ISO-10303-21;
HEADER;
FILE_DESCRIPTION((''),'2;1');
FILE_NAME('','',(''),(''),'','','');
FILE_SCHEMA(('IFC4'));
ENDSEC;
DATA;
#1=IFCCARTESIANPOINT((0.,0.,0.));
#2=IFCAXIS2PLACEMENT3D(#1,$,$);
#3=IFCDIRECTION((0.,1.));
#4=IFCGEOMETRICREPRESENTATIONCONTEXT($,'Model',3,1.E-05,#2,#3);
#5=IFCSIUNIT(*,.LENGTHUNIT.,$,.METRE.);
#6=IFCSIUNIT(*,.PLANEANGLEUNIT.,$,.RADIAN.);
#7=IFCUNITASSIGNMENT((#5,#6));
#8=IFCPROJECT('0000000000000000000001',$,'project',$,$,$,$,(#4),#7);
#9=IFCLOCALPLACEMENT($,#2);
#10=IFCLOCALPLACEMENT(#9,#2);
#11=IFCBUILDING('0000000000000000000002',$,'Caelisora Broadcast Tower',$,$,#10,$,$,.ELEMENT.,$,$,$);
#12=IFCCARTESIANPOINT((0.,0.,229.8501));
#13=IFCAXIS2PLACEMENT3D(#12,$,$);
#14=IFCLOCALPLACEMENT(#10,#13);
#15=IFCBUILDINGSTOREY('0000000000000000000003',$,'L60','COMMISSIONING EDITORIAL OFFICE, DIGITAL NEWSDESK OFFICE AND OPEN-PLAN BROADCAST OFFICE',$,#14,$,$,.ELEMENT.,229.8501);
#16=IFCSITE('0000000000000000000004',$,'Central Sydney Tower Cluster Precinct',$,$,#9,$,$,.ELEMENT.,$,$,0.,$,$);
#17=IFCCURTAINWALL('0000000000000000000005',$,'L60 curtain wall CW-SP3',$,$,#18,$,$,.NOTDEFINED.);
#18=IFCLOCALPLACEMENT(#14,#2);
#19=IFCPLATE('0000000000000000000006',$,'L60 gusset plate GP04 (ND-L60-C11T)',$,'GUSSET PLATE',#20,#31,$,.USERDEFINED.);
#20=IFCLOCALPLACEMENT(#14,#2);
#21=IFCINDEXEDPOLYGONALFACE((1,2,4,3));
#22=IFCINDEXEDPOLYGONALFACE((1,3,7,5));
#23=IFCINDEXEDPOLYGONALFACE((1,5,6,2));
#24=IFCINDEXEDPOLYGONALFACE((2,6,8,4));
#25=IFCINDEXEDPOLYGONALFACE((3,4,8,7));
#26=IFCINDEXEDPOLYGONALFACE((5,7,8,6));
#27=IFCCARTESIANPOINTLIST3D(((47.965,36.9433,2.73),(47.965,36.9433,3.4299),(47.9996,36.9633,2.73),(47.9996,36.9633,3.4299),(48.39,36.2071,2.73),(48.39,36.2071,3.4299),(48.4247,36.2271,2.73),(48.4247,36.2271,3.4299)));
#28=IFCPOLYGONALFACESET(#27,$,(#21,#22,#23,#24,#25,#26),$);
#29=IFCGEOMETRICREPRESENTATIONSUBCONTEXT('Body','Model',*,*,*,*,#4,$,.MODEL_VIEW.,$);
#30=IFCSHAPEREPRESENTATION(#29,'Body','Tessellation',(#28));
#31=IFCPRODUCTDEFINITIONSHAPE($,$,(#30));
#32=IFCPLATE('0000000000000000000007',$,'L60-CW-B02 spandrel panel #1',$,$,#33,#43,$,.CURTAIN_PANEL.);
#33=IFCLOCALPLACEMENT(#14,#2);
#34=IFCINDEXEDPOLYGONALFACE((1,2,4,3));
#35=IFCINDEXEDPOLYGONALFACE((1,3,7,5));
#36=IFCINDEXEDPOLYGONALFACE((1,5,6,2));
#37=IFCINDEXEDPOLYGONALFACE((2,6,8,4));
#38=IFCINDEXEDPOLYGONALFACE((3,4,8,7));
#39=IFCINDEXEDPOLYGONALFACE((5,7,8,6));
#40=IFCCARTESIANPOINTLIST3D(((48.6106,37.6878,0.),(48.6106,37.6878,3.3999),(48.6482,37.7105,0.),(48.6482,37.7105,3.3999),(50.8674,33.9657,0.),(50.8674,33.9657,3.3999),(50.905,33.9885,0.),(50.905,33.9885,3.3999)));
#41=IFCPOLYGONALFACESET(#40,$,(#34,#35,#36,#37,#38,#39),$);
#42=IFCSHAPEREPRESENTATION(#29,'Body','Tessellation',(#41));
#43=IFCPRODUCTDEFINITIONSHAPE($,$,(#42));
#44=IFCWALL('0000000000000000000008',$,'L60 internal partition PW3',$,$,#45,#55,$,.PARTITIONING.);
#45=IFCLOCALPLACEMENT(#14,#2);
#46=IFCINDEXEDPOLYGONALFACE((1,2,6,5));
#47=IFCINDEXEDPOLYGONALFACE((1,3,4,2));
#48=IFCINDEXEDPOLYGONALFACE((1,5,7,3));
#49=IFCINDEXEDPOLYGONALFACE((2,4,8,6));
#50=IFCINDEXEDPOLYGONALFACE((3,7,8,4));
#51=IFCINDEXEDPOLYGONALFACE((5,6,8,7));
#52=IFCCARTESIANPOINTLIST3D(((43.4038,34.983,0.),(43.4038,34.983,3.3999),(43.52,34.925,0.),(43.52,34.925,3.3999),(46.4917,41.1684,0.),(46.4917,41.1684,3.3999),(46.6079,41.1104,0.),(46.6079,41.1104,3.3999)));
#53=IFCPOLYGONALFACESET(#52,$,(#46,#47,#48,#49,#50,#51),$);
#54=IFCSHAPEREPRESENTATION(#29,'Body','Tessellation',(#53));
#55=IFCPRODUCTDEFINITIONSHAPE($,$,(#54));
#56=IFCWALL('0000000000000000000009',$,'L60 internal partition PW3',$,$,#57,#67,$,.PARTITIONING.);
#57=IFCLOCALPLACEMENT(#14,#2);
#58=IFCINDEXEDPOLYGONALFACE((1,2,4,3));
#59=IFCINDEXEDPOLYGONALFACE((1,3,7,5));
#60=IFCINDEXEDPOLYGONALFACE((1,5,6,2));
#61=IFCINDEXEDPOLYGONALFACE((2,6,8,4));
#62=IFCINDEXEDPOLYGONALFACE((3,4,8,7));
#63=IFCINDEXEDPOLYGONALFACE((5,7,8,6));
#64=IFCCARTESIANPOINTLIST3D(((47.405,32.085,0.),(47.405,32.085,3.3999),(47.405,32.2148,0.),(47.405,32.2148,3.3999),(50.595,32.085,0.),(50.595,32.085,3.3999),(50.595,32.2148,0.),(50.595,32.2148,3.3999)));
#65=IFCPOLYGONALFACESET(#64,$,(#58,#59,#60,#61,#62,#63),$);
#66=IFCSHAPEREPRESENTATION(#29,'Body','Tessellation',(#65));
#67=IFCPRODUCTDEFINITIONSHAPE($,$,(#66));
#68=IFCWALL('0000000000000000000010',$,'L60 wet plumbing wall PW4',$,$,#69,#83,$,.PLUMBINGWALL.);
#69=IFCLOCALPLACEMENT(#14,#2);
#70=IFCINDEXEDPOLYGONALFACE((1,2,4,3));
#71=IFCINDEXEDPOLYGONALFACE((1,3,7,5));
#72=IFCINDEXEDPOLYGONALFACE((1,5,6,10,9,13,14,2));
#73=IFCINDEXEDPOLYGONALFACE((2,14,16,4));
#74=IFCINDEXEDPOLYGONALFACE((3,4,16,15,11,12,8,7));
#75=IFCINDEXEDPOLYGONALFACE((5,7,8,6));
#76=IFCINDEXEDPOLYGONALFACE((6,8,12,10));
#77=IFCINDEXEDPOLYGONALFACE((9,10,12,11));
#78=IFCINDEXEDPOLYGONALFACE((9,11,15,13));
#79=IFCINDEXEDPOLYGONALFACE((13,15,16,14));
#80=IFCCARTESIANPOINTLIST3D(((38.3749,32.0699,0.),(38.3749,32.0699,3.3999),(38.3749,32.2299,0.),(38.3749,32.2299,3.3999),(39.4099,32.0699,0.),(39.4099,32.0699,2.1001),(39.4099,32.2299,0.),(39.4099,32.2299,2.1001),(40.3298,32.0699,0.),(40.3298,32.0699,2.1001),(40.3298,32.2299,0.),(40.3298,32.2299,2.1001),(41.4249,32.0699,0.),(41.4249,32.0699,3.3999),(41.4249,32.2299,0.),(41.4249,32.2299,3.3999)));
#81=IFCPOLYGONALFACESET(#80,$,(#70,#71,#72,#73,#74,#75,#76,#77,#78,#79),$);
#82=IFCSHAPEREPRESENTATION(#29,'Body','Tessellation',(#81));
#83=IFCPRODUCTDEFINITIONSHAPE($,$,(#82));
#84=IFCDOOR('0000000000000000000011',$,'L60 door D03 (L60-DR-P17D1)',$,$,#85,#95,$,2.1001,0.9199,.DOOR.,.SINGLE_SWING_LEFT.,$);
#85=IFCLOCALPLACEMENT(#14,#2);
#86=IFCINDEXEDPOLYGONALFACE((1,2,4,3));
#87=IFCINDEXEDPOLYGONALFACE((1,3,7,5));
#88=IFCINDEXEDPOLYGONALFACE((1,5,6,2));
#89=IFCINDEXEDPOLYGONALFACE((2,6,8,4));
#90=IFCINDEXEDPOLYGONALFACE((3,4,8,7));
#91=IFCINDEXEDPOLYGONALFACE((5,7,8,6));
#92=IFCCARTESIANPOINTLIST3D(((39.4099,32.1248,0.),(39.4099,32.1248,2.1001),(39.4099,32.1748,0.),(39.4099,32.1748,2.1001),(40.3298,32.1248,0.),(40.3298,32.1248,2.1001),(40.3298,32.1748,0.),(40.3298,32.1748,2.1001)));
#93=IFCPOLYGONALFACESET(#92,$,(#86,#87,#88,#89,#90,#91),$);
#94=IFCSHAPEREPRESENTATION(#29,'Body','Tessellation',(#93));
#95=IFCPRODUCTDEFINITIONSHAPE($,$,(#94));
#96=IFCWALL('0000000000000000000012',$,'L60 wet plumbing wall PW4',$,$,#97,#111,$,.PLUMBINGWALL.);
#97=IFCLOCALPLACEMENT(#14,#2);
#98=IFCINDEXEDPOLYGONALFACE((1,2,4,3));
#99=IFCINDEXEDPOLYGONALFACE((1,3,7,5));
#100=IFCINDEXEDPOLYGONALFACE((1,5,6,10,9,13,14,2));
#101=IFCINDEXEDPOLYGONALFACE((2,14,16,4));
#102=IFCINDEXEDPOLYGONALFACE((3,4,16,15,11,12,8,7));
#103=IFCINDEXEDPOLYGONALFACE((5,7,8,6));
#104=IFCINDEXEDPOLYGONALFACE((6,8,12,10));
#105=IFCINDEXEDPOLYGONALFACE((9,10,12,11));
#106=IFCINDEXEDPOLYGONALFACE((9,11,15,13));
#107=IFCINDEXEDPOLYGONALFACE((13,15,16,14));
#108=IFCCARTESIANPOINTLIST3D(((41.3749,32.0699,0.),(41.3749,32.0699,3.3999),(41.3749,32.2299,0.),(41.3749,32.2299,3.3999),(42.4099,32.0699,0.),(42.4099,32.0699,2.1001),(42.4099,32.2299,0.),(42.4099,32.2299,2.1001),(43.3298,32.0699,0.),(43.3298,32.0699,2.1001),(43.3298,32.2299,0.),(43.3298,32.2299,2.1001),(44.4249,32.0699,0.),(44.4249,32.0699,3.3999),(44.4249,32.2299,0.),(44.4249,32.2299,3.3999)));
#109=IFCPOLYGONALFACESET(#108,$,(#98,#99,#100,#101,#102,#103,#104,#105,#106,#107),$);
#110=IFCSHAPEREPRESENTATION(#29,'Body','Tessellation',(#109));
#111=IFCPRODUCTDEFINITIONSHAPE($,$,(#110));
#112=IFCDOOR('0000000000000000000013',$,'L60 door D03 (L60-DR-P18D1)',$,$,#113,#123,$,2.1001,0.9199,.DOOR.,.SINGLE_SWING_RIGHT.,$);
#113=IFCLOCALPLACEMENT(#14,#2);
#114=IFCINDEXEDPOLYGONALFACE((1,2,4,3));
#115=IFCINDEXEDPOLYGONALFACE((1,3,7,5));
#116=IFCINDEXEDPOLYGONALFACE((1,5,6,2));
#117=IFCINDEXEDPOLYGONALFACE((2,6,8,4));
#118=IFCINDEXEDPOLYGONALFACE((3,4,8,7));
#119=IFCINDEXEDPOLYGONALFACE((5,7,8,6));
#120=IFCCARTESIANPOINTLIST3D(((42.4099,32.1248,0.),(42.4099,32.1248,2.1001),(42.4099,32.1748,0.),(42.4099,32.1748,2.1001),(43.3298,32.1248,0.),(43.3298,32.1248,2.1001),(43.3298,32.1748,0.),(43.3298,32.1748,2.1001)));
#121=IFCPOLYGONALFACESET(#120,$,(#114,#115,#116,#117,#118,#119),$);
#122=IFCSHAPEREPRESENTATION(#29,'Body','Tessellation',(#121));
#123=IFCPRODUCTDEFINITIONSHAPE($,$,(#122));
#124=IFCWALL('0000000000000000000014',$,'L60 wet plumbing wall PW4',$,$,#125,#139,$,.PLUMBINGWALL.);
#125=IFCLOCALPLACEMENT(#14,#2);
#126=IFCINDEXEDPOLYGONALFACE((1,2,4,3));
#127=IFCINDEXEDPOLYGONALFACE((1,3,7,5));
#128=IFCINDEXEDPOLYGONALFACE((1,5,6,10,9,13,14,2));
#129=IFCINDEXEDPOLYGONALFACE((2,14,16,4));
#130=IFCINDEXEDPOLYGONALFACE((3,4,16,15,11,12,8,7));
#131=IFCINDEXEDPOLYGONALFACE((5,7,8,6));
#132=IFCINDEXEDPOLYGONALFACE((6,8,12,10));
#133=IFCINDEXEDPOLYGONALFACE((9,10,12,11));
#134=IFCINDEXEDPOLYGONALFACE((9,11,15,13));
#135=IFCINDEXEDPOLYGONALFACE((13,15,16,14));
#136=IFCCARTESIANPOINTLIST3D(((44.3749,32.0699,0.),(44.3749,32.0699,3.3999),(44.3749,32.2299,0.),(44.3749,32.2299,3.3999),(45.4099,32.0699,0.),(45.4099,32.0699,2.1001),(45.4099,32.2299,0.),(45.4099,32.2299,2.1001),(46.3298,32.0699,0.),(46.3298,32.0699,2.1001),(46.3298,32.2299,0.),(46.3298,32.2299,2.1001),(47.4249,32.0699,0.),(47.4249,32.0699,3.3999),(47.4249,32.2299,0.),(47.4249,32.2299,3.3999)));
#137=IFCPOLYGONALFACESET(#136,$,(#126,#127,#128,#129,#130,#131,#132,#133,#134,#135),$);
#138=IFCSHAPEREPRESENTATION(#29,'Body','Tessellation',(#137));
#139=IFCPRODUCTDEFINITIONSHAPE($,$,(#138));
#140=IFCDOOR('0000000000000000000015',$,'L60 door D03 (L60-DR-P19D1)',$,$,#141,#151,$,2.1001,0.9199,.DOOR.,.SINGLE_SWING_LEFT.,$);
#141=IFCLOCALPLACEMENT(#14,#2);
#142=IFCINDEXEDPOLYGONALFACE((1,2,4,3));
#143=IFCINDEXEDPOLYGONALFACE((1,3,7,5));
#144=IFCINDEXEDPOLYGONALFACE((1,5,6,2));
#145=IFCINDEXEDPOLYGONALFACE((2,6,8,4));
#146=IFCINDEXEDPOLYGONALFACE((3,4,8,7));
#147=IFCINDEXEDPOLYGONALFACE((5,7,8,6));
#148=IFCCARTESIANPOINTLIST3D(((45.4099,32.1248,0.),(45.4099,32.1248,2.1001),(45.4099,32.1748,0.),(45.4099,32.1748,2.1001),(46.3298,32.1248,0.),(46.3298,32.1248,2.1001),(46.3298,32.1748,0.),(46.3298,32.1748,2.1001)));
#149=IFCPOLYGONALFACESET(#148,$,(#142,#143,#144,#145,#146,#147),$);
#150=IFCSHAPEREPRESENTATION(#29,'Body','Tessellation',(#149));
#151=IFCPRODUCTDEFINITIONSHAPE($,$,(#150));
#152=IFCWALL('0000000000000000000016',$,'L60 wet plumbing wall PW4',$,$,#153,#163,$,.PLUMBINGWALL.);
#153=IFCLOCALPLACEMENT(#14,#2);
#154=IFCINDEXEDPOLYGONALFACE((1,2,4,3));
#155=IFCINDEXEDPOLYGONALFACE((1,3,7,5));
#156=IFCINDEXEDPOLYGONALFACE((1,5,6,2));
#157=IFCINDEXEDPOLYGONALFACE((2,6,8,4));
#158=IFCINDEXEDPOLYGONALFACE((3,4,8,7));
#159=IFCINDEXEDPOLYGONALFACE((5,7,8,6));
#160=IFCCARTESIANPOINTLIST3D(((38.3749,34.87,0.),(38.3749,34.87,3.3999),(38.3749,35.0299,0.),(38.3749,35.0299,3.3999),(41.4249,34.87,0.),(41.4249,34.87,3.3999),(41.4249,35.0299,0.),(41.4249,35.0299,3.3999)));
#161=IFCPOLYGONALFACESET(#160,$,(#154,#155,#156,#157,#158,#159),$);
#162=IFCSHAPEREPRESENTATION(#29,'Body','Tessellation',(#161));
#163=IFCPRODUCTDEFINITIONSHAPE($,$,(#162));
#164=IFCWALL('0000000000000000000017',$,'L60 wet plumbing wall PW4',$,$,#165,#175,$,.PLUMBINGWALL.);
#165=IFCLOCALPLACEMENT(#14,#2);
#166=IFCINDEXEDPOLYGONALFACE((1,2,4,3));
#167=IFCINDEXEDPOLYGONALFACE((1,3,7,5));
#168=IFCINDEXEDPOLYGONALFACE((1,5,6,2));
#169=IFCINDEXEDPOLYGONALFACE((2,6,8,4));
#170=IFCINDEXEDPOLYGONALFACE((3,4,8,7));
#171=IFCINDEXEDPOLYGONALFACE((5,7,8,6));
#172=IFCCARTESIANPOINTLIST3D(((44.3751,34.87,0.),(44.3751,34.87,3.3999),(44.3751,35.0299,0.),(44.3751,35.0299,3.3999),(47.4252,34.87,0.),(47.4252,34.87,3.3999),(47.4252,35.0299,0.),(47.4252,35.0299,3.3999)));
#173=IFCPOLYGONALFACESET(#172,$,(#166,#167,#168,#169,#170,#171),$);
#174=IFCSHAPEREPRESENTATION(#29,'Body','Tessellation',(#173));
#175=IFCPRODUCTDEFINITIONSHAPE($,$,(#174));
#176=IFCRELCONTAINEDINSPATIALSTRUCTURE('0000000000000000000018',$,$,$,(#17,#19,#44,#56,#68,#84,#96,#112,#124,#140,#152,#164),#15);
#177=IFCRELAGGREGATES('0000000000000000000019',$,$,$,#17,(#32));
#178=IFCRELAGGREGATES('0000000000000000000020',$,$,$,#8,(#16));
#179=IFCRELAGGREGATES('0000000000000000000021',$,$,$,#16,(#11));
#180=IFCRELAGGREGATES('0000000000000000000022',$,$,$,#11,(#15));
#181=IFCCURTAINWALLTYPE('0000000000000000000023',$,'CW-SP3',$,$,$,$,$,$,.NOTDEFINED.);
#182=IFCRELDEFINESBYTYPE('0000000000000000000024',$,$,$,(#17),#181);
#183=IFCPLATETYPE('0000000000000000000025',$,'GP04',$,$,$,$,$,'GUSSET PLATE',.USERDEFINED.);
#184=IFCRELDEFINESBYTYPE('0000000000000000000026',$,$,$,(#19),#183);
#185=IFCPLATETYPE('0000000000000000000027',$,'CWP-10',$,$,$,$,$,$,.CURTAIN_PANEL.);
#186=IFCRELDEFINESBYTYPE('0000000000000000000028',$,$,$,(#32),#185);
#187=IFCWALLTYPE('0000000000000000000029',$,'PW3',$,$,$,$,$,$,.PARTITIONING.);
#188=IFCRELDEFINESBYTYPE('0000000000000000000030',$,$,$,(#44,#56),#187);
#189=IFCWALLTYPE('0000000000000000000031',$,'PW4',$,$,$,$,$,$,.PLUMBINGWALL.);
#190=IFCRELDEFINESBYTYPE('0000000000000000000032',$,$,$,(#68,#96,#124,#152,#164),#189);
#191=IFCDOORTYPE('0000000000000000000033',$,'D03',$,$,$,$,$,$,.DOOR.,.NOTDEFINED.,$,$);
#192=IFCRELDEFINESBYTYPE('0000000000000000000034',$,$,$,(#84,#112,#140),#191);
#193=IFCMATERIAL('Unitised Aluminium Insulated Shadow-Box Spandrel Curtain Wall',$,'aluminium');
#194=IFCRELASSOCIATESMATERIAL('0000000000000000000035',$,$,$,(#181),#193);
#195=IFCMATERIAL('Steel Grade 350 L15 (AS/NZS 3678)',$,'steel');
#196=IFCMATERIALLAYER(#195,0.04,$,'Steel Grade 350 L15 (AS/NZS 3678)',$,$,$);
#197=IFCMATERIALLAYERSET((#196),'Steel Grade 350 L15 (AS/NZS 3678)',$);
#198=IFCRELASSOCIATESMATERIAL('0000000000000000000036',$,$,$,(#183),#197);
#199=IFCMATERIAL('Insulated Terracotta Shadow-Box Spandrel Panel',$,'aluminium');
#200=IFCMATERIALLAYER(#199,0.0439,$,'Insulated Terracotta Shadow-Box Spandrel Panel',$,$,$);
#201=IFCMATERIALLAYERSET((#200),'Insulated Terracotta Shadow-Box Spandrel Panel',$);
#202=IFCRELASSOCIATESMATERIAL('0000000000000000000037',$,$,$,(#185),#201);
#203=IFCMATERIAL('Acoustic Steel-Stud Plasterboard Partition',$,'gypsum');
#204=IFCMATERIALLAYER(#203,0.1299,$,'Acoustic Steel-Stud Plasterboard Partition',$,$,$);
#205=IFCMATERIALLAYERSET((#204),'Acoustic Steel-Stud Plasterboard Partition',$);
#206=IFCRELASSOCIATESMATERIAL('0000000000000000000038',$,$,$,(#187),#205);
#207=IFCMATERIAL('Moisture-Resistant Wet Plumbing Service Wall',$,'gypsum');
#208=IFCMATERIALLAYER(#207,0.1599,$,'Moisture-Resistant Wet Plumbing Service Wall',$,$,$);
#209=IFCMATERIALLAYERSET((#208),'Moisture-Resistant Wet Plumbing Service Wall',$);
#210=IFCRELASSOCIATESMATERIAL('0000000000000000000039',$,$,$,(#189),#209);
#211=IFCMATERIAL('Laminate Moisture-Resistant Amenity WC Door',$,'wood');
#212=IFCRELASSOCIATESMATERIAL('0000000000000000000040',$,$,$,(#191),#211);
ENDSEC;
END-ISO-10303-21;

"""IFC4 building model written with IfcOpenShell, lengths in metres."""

from ifc_helpers import new_model, si_unit, direction, frame, frame_2d, origin, origin_2d, place, context, subcontext, project, spatial, rectangle, extrude, source, transform, mapped, material, layer, layer_set, type_object, type_shapes, element, fill, aggregate, save


model = new_model("IFC4")

# Units and contexts
model_context = context("Model", 3, precision=1e-05, world=origin(), true_north=direction((0.0, 1.0)))
body_context = subcontext(model_context, "Body", "Model", "MODEL_VIEW")
ifc_project = project(units=[si_unit("LENGTHUNIT", "METRE"), si_unit("PLANEANGLEUNIT", "RADIAN")], contexts=[model_context])

# Site, building, storey
site_placement = place(None, origin())
site = spatial("IfcSite", under=ifc_project, at=site_placement, Name="Central Sydney Tower Cluster Precinct", CompositionType="ELEMENT", RefElevation=0.0)
building_placement = place(site_placement, origin())
building = spatial("IfcBuilding", under=site, at=building_placement, Name="Caelisora Broadcast Tower", CompositionType="ELEMENT")
storey_placement = place(building_placement, frame((0.0, 0.0, 229.8501)))
storey = spatial("IfcBuildingStorey", under=building, at=storey_placement, Name="L60", Description="COMMISSIONING EDITORIAL OFFICE, DIGITAL NEWSDESK OFFICE AND OPEN-PLAN BROADCAST OFFICE", CompositionType="ELEMENT", Elevation=229.8501)

# Shared definitions
ifc_material_1 = material(Name="Steel Grade 350 L15 (AS/NZS 3678)", Category="steel")

# Curtain wall
ifc_material_2 = material(Name="Unitised Aluminium Insulated Shadow-Box Spandrel Curtain Wall", Category="aluminium")
curtain_wall_type = type_object("IfcCurtainWallType", Name="CW-SP3", PredefinedType="NOTDEFINED", material=ifc_material_2)
curtain_wall_placement = place(storey_placement, origin())
curtain_wall = element("IfcCurtainWall", 1, at=curtain_wall_placement, inside=storey, type_object=curtain_wall_type, Name="L60 curtain wall CW-SP3", PredefinedType="NOTDEFINED")

# Plates
ifc_layer_1 = layer(ifc_material_1, 0.04, Name="Steel Grade 350 L15 (AS/NZS 3678)")
ifc_layer_set_1 = layer_set([ifc_layer_1], Name="Steel Grade 350 L15 (AS/NZS 3678)")
plate_type_1 = type_object("IfcPlateType", Name="GP04", ElementType="GUSSET PLATE", PredefinedType="USERDEFINED", material=ifc_layer_set_1)
shared_shape_1 = source(origin(), body_context, "Body", "SweptSolid", [
    extrude(rectangle(XDim=0.8501, YDim=0.04, at=origin_2d()), origin(), (0.0, 0.0, 1.0), 0.7),
])
type_shapes(plate_type_1, [shared_shape_1])
plate_1_placement = place(storey_placement, frame((48.1948, 36.5852, 2.73), z_axis=(0.0, 0.0, 1.0), x_axis=(-0.5, 0.866025, 0.0)))
element("IfcPlate", 2, at=plate_1_placement, inside=storey, type_object=plate_type_1, Name="L60 gusset plate GP04 (ND-L60-C11T)", ObjectType="GUSSET PLATE", PredefinedType="USERDEFINED", context=body_context, shape_type="MappedRepresentation", body=[
    mapped(shared_shape_1, transform((0.0, 0.0, 0.0), scale=1.0)),
])
ifc_material_3 = material(Name="Insulated Terracotta Shadow-Box Spandrel Panel", Category="aluminium")
ifc_layer_2 = layer(ifc_material_3, 0.0439, Name="Insulated Terracotta Shadow-Box Spandrel Panel")
ifc_layer_set_2 = layer_set([ifc_layer_2], Name="Insulated Terracotta Shadow-Box Spandrel Panel")
plate_type_2 = type_object("IfcPlateType", Name="CWP-10", PredefinedType="CURTAIN_PANEL", material=ifc_layer_set_2)
shared_shape_2 = source(origin(), body_context, "Body", "SweptSolid", [
    extrude(rectangle(XDim=4.3528, YDim=0.0439, at=origin_2d()), origin(), (0.0, 0.0, 1.0), 3.3999),
])
type_shapes(plate_type_2, [shared_shape_2])
plate_2_placement = place(storey_placement, frame((49.7578, 35.8381, 0.0), z_axis=(0.0, 0.0, 1.0), x_axis=(0.518475, -0.855093, 0.0)))
plate_2 = element("IfcPlate", 3, at=plate_2_placement, type_object=plate_type_2, Name="L60-CW-B02 spandrel panel #1", PredefinedType="CURTAIN_PANEL", context=body_context, shape_type="MappedRepresentation", body=[
    mapped(shared_shape_2, transform((0.0, 0.0, 0.0), scale=1.0)),
])
aggregate(curtain_wall, [plate_2])

# Walls
ifc_material_4 = material(Name="Acoustic Steel-Stud Plasterboard Partition", Category="gypsum")
ifc_layer_3 = layer(ifc_material_4, 0.1299, Name="Acoustic Steel-Stud Plasterboard Partition")
ifc_layer_set_3 = layer_set([ifc_layer_3], Name="Acoustic Steel-Stud Plasterboard Partition")
wall_type_1 = type_object("IfcWallType", Name="PW3", PredefinedType="PARTITIONING", material=ifc_layer_set_3)
wall_1_placement = place(storey_placement, frame((43.4619, 34.9541, 0.0), z_axis=(0.0, 0.0, 1.0), x_axis=(0.446663, 0.894702, 0.0)))
element("IfcWall", 4, at=wall_1_placement, inside=storey, type_object=wall_type_1, Name="L60 internal partition PW3", PredefinedType="PARTITIONING", context=body_context, shape_type="SweptSolid", body=[
    extrude(rectangle(XDim=6.9133, YDim=0.1299, at=frame_2d((3.4565, 0.0))), origin(), (0.0, 0.0, 1.0), 3.3999),
])
wall_2_placement = place(storey_placement, frame((50.595, 32.1499, 0.0), z_axis=(0.0, 0.0, 1.0), x_axis=(-1.0, 0.0, 0.0)))
element("IfcWall", 5, at=wall_2_placement, inside=storey, type_object=wall_type_1, Name="L60 internal partition PW3", PredefinedType="PARTITIONING", context=body_context, shape_type="SweptSolid", body=[
    extrude(rectangle(XDim=3.1899, YDim=0.1299, at=frame_2d((1.595, 0.0))), origin(), (0.0, 0.0, 1.0), 3.3999),
])

# Walls, openings, doors
ifc_material_5 = material(Name="Moisture-Resistant Wet Plumbing Service Wall", Category="gypsum")
ifc_layer_4 = layer(ifc_material_5, 0.1599, Name="Moisture-Resistant Wet Plumbing Service Wall")
ifc_layer_set_4 = layer_set([ifc_layer_4], Name="Moisture-Resistant Wet Plumbing Service Wall")
wall_type_2 = type_object("IfcWallType", Name="PW4", PredefinedType="PLUMBINGWALL", material=ifc_layer_set_4)
wall_3_placement = place(storey_placement, frame((38.375, 32.1499, 0.0), z_axis=(0.0, 0.0, 1.0), x_axis=(1.0, 0.0, 0.0)))
wall_3 = element("IfcWall", 6, at=wall_3_placement, inside=storey, type_object=wall_type_2, Name="L60 wet plumbing wall PW4", PredefinedType="PLUMBINGWALL", context=body_context, shape_type="SweptSolid", body=[
    extrude(rectangle(XDim=3.05, YDim=0.1599, at=frame_2d((1.5249, 0.0))), origin(), (0.0, 0.0, 1.0), 3.3999),
])
opening_1_placement = place(wall_3_placement, frame((1.0349, 0.0, 0.0)))
opening_1 = element("IfcOpeningElement", 7, at=opening_1_placement, cuts=wall_3, PredefinedType="OPENING", context=body_context, shape_type="SweptSolid", body=[
    extrude(rectangle(XDim=0.9199, YDim=2.1001, at=frame_2d((0.46, 1.05))), frame((0.0, 0.092, 0.0), z_axis=(0.0, -1.0, 0.0), x_axis=(1.0, 0.0, 0.0)), (0.0, 0.0, 1.0), 0.1838),
])
ifc_material_6 = material(Name="Laminate Moisture-Resistant Amenity WC Door", Category="wood")
door_type = type_object("IfcDoorType", Name="D03", OperationType="NOTDEFINED", PredefinedType="DOOR", material=ifc_material_6)
door_1_placement = place(opening_1_placement, origin())
door_1 = element("IfcDoor", 8, at=door_1_placement, inside=storey, type_object=door_type, Name="L60 door D03 (L60-DR-P17D1)", OperationType="SINGLE_SWING_LEFT", OverallHeight=2.1001, OverallWidth=0.9199, PredefinedType="DOOR", context=body_context, shape_type="SweptSolid", body=[
    extrude(rectangle(XDim=0.9199, YDim=2.1001, at=frame_2d((0.46, 1.05))), frame((0.0, 0.0249, 0.0), z_axis=(0.0, -1.0, 0.0), x_axis=(1.0, 0.0, 0.0)), (0.0, 0.0, 1.0), 0.05),
])
fill(opening_1, door_1)
wall_4_placement = place(storey_placement, frame((41.375, 32.1499, 0.0), z_axis=(0.0, 0.0, 1.0), x_axis=(1.0, 0.0, 0.0)))
wall_4 = element("IfcWall", 9, at=wall_4_placement, inside=storey, type_object=wall_type_2, Name="L60 wet plumbing wall PW4", PredefinedType="PLUMBINGWALL", context=body_context, shape_type="SweptSolid", body=[
    extrude(rectangle(XDim=3.05, YDim=0.1599, at=frame_2d((1.5249, 0.0))), origin(), (0.0, 0.0, 1.0), 3.3999),
])
opening_2_placement = place(wall_4_placement, frame((1.0349, 0.0, 0.0)))
opening_2 = element("IfcOpeningElement", 10, at=opening_2_placement, cuts=wall_4, PredefinedType="OPENING", context=body_context, shape_type="SweptSolid", body=[
    extrude(rectangle(XDim=0.9199, YDim=2.1001, at=frame_2d((0.46, 1.05))), frame((0.0, 0.092, 0.0), z_axis=(0.0, -1.0, 0.0), x_axis=(1.0, 0.0, 0.0)), (0.0, 0.0, 1.0), 0.1838),
])
door_2_placement = place(opening_2_placement, origin())
door_2 = element("IfcDoor", 11, at=door_2_placement, inside=storey, type_object=door_type, Name="L60 door D03 (L60-DR-P18D1)", OperationType="SINGLE_SWING_RIGHT", OverallHeight=2.1001, OverallWidth=0.9199, PredefinedType="DOOR", context=body_context, shape_type="SweptSolid", body=[
    extrude(rectangle(XDim=0.9199, YDim=2.1001, at=frame_2d((0.46, 1.05))), frame((0.0, 0.0249, 0.0), z_axis=(0.0, -1.0, 0.0), x_axis=(1.0, 0.0, 0.0)), (0.0, 0.0, 1.0), 0.05),
])
fill(opening_2, door_2)
wall_5_placement = place(storey_placement, frame((44.375, 32.1499, 0.0), z_axis=(0.0, 0.0, 1.0), x_axis=(1.0, 0.0, 0.0)))
wall_5 = element("IfcWall", 12, at=wall_5_placement, inside=storey, type_object=wall_type_2, Name="L60 wet plumbing wall PW4", PredefinedType="PLUMBINGWALL", context=body_context, shape_type="SweptSolid", body=[
    extrude(rectangle(XDim=3.05, YDim=0.1599, at=frame_2d((1.5249, 0.0))), origin(), (0.0, 0.0, 1.0), 3.3999),
])
opening_3_placement = place(wall_5_placement, frame((1.0349, 0.0, 0.0)))
opening_3 = element("IfcOpeningElement", 13, at=opening_3_placement, cuts=wall_5, PredefinedType="OPENING", context=body_context, shape_type="SweptSolid", body=[
    extrude(rectangle(XDim=0.9199, YDim=2.1001, at=frame_2d((0.46, 1.05))), frame((0.0, 0.092, 0.0), z_axis=(0.0, -1.0, 0.0), x_axis=(1.0, 0.0, 0.0)), (0.0, 0.0, 1.0), 0.1838),
])
door_3_placement = place(opening_3_placement, origin())
door_3 = element("IfcDoor", 14, at=door_3_placement, inside=storey, type_object=door_type, Name="L60 door D03 (L60-DR-P19D1)", OperationType="SINGLE_SWING_LEFT", OverallHeight=2.1001, OverallWidth=0.9199, PredefinedType="DOOR", context=body_context, shape_type="SweptSolid", body=[
    extrude(rectangle(XDim=0.9199, YDim=2.1001, at=frame_2d((0.46, 1.05))), frame((0.0, 0.0249, 0.0), z_axis=(0.0, -1.0, 0.0), x_axis=(1.0, 0.0, 0.0)), (0.0, 0.0, 1.0), 0.05),
])
fill(opening_3, door_3)

# Walls
for number, where, z_axis, x_axis, name in (
    (15, (38.375, 34.95, 0.0), (0.0, 0.0, 1.0), (1.0, 0.0, 0.0), "L60 wet plumbing wall PW4"),
    (16, (47.425, 34.95, 0.0), (0.0, 0.0, 1.0), (-1.0, 0.0, 0.0), "L60 wet plumbing wall PW4"),
):
    element("IfcWall", number, at=place(storey_placement, frame(where, z_axis=z_axis, x_axis=x_axis)), inside=storey, type_object=wall_type_2, Name=name, PredefinedType="PLUMBINGWALL", context=body_context, shape_type="SweptSolid", body=[
        extrude(rectangle(XDim=3.05, YDim=0.1599, at=frame_2d((1.5249, 0.0))), origin(), (0.0, 0.0, 1.0), 3.3999),
    ])

save(model, "model.ifc")
